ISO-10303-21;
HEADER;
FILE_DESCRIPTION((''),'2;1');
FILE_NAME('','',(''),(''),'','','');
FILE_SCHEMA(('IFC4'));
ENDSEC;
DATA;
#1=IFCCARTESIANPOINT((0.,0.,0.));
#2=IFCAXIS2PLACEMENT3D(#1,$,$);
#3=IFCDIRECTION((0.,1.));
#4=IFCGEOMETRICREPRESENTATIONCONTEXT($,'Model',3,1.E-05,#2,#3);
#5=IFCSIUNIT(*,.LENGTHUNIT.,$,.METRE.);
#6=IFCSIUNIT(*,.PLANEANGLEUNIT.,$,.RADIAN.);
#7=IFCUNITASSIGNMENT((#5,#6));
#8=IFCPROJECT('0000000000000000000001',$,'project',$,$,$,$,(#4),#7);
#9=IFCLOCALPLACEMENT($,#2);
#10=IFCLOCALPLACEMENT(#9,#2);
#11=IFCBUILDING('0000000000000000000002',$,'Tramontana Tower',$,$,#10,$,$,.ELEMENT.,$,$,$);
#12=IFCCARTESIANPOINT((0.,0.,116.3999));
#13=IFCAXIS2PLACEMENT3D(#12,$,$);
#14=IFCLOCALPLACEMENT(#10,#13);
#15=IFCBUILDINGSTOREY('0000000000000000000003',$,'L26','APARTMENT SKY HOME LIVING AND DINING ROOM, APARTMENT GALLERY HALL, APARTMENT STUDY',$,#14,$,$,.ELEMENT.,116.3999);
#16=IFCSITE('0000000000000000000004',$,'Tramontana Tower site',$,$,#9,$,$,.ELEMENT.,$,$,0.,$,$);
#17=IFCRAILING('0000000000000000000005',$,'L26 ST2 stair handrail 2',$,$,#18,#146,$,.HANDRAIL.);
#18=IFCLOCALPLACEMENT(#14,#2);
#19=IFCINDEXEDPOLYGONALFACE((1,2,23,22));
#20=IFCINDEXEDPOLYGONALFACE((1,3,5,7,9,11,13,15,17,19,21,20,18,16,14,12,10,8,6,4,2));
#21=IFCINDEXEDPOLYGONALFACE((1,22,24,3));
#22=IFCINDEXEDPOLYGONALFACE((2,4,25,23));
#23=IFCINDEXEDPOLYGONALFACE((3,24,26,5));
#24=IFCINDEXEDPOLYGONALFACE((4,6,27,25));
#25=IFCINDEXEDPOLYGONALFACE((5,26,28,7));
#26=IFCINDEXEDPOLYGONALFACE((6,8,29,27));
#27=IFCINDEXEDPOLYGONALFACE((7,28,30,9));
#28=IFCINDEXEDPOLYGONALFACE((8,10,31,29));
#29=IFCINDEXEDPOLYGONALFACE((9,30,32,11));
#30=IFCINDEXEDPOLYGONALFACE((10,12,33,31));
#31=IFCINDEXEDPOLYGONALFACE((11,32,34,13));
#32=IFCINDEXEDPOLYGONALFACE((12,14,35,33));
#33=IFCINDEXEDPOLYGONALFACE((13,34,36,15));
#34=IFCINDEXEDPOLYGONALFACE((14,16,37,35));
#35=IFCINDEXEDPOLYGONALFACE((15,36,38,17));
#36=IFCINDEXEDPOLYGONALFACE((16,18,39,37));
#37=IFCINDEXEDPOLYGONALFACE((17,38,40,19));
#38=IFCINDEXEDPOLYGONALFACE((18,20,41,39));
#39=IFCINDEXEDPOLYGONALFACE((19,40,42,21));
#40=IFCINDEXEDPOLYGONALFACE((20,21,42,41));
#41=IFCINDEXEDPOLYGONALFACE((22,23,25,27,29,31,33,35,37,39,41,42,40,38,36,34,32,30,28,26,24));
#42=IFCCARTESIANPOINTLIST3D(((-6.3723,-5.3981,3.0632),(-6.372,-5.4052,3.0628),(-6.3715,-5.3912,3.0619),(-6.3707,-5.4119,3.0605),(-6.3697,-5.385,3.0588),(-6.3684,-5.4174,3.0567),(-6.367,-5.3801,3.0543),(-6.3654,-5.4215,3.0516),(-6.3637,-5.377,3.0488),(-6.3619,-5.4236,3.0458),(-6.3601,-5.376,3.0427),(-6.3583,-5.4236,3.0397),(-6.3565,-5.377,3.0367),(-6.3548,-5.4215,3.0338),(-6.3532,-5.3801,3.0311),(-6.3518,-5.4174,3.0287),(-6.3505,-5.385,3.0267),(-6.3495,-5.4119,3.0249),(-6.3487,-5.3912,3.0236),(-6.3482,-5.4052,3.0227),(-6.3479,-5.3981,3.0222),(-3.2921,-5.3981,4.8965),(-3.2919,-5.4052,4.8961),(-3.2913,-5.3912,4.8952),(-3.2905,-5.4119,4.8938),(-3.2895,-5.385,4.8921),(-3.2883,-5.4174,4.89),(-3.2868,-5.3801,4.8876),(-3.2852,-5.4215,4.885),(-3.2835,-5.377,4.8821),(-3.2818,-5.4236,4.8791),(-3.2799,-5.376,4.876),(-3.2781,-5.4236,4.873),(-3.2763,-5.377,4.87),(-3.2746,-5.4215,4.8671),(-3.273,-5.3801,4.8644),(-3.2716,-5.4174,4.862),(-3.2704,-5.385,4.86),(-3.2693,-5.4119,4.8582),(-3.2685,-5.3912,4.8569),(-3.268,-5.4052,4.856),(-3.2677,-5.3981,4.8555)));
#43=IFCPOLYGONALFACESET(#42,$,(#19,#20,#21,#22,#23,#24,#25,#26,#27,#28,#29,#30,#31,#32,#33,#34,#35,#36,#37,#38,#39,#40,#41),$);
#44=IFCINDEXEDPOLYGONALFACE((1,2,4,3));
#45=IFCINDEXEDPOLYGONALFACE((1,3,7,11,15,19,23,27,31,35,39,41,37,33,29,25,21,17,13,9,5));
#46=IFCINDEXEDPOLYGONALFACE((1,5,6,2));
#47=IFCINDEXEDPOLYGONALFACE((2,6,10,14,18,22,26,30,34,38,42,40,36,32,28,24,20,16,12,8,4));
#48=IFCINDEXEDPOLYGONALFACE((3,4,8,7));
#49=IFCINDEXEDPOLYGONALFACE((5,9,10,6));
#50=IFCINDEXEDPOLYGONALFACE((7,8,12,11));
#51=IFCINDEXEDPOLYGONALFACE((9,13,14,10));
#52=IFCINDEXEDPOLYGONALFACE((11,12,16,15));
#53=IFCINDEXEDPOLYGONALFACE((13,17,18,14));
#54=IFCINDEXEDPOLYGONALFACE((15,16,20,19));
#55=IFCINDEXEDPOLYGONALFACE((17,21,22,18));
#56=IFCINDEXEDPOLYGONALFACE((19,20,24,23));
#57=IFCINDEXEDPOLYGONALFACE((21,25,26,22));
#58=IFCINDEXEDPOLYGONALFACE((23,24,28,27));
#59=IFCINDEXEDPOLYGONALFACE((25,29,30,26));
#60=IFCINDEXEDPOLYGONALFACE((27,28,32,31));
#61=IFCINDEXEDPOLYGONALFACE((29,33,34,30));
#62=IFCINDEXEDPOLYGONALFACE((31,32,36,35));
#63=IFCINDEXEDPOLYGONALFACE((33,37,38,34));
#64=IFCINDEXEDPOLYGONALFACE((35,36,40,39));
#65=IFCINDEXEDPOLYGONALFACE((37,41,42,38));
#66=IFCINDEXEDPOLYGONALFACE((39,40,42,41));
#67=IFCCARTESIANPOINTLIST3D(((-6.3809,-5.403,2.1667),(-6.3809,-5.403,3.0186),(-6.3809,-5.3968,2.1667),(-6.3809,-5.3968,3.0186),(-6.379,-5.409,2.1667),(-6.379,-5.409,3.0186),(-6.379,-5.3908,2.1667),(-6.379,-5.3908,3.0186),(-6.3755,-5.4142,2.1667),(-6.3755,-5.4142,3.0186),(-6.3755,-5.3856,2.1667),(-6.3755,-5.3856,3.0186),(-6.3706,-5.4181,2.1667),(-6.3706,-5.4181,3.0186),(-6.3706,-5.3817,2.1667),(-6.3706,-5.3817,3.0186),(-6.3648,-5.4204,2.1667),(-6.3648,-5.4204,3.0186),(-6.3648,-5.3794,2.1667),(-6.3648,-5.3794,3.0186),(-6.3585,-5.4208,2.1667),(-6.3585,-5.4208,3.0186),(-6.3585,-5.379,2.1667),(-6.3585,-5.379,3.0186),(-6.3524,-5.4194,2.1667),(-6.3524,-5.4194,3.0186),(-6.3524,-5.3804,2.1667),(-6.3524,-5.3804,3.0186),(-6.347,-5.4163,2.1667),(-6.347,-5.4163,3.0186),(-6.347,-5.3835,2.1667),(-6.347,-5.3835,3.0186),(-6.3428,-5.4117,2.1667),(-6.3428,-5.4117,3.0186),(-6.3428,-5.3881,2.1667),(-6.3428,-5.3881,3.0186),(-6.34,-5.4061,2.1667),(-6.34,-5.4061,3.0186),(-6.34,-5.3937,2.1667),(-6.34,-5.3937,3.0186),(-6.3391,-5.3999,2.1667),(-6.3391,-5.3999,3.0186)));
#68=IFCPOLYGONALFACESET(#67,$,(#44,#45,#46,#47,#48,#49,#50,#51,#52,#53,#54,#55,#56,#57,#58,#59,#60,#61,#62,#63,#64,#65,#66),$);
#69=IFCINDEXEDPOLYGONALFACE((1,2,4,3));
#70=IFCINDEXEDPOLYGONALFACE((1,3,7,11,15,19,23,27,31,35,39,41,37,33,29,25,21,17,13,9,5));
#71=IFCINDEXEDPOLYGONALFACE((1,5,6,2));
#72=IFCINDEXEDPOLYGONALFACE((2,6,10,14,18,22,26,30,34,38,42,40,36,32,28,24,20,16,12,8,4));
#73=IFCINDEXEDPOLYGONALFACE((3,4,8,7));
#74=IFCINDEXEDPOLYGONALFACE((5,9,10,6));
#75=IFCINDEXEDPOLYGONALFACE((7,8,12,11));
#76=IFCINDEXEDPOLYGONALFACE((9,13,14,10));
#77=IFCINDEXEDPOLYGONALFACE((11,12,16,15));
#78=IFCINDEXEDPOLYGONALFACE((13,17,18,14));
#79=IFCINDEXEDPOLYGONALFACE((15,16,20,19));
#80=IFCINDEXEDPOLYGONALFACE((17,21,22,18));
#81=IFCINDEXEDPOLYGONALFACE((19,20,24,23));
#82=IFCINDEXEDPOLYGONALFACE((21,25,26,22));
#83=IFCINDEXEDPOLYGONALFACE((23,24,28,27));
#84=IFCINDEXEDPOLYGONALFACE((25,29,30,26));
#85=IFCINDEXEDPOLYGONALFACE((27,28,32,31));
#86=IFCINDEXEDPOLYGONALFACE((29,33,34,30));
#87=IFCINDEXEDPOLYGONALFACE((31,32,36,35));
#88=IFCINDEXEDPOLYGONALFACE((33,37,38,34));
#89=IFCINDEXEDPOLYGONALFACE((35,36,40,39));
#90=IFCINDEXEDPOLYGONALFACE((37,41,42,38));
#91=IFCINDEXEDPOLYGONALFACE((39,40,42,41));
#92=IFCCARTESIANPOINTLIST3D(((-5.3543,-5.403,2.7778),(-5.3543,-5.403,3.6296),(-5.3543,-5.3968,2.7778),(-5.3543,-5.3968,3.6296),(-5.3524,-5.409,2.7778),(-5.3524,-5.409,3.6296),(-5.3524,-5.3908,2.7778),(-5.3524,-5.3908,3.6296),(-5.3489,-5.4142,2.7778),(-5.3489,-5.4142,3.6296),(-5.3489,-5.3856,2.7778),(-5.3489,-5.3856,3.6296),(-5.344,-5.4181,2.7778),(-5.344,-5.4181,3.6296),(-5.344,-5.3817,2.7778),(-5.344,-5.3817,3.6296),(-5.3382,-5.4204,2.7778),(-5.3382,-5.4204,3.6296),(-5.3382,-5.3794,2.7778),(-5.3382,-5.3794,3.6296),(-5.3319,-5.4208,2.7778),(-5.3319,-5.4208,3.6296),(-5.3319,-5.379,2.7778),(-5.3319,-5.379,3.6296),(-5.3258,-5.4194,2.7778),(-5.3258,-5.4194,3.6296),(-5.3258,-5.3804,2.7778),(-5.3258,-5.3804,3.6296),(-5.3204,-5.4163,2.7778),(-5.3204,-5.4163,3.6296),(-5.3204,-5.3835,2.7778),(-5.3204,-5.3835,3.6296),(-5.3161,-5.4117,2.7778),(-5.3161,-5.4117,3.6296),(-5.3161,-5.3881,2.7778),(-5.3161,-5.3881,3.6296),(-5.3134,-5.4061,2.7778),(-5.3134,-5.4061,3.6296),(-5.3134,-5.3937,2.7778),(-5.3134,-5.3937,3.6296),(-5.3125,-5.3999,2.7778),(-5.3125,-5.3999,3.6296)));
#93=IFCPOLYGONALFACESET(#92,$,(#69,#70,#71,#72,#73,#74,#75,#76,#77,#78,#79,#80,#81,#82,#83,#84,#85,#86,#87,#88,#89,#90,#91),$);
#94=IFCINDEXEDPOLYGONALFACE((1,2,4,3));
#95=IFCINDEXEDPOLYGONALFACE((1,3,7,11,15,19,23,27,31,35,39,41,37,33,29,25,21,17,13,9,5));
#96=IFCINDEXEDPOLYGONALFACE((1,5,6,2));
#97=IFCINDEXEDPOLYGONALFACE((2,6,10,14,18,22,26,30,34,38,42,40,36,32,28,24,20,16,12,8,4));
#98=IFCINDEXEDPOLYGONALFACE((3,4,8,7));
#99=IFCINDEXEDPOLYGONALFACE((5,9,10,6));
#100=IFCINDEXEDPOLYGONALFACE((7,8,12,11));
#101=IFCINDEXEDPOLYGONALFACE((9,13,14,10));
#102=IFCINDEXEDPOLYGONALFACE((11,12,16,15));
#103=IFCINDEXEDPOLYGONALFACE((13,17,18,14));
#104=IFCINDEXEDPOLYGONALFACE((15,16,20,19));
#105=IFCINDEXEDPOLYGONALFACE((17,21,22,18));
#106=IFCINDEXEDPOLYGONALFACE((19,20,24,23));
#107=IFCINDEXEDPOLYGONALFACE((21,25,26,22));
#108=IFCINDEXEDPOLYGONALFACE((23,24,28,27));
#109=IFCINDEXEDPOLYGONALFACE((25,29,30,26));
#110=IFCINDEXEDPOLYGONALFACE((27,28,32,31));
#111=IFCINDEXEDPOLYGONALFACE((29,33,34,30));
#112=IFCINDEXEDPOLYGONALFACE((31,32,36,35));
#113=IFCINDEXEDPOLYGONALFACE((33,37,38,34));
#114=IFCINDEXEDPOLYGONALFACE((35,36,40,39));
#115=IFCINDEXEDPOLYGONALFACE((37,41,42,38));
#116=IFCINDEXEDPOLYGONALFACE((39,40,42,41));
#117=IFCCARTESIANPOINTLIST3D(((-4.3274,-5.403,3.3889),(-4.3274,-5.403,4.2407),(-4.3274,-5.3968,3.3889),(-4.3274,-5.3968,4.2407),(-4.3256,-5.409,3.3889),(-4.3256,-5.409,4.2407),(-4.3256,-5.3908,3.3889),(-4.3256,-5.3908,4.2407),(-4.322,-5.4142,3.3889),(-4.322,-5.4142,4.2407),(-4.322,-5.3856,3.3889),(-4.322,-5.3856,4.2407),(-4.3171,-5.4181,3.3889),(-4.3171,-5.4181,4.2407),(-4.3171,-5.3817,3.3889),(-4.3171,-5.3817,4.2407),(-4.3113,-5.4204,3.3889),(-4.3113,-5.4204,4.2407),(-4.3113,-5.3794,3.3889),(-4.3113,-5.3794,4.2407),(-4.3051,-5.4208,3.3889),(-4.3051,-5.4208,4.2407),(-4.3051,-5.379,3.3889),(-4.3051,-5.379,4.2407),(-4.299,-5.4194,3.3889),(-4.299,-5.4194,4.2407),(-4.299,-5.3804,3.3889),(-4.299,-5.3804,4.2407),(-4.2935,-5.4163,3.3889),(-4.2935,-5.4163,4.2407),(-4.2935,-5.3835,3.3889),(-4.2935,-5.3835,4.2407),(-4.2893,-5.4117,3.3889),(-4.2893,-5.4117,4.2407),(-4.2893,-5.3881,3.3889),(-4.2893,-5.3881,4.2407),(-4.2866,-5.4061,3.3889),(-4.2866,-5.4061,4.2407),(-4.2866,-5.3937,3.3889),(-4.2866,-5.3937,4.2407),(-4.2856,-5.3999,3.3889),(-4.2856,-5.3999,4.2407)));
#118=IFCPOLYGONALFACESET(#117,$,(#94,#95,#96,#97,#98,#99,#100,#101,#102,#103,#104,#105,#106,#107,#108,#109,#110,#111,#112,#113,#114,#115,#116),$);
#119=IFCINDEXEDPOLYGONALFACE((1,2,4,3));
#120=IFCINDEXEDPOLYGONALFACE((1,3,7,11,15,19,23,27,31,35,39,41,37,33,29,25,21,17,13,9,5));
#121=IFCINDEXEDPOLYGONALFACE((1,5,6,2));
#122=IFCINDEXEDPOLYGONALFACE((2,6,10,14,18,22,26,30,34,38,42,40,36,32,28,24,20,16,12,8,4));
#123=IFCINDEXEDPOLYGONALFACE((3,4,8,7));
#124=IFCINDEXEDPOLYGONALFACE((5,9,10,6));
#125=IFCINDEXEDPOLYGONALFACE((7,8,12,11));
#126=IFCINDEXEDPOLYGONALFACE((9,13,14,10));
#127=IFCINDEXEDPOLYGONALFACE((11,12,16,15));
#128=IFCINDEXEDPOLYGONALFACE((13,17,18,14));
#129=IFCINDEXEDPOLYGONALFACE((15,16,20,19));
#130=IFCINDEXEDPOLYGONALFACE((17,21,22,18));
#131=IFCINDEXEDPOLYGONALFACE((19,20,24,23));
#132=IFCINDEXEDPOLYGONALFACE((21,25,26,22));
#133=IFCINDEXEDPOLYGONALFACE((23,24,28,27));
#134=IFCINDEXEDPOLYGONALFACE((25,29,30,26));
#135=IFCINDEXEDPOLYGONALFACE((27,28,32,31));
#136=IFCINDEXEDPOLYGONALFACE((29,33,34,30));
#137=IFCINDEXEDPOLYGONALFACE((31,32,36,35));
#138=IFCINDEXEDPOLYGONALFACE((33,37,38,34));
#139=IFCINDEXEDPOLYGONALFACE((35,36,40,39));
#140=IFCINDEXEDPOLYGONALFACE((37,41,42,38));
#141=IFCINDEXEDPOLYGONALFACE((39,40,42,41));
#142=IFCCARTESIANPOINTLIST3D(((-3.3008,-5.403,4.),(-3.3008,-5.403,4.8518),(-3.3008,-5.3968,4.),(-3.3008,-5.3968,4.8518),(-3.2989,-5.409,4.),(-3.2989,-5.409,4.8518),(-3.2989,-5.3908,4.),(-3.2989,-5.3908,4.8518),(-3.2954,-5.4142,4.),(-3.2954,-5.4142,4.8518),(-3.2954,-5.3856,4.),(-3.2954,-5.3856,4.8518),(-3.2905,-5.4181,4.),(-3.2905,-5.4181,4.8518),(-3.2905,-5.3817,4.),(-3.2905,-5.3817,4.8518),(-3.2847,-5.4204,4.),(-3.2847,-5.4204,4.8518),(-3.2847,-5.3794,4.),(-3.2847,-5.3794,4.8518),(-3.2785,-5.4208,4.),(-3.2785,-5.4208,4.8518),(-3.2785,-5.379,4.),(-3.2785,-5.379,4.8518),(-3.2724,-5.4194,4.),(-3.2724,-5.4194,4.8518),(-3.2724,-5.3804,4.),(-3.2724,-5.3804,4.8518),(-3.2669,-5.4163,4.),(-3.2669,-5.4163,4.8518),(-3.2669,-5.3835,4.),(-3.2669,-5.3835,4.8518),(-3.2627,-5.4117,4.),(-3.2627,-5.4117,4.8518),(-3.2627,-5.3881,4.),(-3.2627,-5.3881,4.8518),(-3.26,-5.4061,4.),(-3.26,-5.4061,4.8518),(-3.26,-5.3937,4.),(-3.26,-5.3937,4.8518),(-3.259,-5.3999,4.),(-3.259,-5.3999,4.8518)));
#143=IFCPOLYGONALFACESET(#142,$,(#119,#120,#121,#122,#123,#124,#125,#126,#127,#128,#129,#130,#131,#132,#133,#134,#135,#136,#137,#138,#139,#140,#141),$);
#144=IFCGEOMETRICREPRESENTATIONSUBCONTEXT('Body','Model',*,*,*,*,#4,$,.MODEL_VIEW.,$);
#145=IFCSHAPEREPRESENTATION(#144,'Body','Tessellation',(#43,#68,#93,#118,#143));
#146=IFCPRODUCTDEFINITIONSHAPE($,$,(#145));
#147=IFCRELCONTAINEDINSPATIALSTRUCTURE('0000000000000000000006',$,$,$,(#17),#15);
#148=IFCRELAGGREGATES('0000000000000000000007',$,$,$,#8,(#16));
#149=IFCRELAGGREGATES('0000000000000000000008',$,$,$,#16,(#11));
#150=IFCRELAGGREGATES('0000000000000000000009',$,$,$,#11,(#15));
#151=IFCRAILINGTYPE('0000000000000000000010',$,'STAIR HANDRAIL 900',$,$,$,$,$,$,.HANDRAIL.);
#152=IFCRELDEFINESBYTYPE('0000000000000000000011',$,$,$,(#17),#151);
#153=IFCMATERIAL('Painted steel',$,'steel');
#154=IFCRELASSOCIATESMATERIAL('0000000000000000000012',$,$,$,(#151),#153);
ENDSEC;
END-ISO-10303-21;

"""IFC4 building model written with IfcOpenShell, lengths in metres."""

from ifc_helpers import new_model, si_unit, direction, frame, origin, origin_2d, place, context, subcontext, project, spatial, circle, extrude, material, type_object, element, save


model = new_model("IFC4")

# Units and contexts
model_context = context("Model", 3, precision=1e-05, world=origin(), true_north=direction((0.0, 1.0)))
body_context = subcontext(model_context, "Body", "Model", "MODEL_VIEW")
ifc_project = project(units=[si_unit("LENGTHUNIT", "METRE"), si_unit("PLANEANGLEUNIT", "RADIAN")], contexts=[model_context])

# Site, building, storey
site_placement = place(None, origin())
site = spatial("IfcSite", under=ifc_project, at=site_placement, Name="Tramontana Tower site", CompositionType="ELEMENT", RefElevation=0.0)
building_placement = place(site_placement, origin())
building = spatial("IfcBuilding", under=site, at=building_placement, Name="Tramontana Tower", CompositionType="ELEMENT")
storey_placement = place(building_placement, frame((0.0, 0.0, 116.3999)))
storey = spatial("IfcBuildingStorey", under=building, at=storey_placement, Name="L26", Description="APARTMENT SKY HOME LIVING AND DINING ROOM, APARTMENT GALLERY HALL, APARTMENT STUDY", CompositionType="ELEMENT", Elevation=116.3999)

# Railing
ifc_material_1 = material(Name="Painted steel", Category="steel")
railing_type_1 = type_object("IfcRailingType", Name="STAIR HANDRAIL 900", PredefinedType="HANDRAIL", material=ifc_material_1)
railing_1_placement = place(storey_placement, frame((-6.3601, -5.3999, 2.1667)))
element("IfcRailing", 1, at=railing_1_placement, inside=storey, type_object=railing_type_1, Name="L26 ST2 stair handrail 2", PredefinedType="HANDRAIL", context=body_context, shape_type="SweptSolid", body=[
    extrude(circle(Radius=0.0239, at=origin_2d()), frame((0.0, 0.0, 0.876), z_axis=(0.859309, 0.0, 0.511458), x_axis=(0.0, 1.0, 0.0)), (0.0, 0.0, 1.0), 3.5845),
    extrude(circle(Radius=0.021, at=origin_2d()), origin(), (0.0, 0.0, 1.0), 0.8518),
    extrude(circle(Radius=0.021, at=origin_2d()), frame((1.0266, 0.0, 0.6111)), (0.0, 0.0, 1.0), 0.8518),
    extrude(circle(Radius=0.021, at=origin_2d()), frame((2.0535, 0.0, 1.2222)), (0.0, 0.0, 1.0), 0.8518),
    extrude(circle(Radius=0.021, at=origin_2d()), frame((3.0801, 0.0, 1.8333)), (0.0, 0.0, 1.0), 0.8518),
])

save(model, "model.ifc")
